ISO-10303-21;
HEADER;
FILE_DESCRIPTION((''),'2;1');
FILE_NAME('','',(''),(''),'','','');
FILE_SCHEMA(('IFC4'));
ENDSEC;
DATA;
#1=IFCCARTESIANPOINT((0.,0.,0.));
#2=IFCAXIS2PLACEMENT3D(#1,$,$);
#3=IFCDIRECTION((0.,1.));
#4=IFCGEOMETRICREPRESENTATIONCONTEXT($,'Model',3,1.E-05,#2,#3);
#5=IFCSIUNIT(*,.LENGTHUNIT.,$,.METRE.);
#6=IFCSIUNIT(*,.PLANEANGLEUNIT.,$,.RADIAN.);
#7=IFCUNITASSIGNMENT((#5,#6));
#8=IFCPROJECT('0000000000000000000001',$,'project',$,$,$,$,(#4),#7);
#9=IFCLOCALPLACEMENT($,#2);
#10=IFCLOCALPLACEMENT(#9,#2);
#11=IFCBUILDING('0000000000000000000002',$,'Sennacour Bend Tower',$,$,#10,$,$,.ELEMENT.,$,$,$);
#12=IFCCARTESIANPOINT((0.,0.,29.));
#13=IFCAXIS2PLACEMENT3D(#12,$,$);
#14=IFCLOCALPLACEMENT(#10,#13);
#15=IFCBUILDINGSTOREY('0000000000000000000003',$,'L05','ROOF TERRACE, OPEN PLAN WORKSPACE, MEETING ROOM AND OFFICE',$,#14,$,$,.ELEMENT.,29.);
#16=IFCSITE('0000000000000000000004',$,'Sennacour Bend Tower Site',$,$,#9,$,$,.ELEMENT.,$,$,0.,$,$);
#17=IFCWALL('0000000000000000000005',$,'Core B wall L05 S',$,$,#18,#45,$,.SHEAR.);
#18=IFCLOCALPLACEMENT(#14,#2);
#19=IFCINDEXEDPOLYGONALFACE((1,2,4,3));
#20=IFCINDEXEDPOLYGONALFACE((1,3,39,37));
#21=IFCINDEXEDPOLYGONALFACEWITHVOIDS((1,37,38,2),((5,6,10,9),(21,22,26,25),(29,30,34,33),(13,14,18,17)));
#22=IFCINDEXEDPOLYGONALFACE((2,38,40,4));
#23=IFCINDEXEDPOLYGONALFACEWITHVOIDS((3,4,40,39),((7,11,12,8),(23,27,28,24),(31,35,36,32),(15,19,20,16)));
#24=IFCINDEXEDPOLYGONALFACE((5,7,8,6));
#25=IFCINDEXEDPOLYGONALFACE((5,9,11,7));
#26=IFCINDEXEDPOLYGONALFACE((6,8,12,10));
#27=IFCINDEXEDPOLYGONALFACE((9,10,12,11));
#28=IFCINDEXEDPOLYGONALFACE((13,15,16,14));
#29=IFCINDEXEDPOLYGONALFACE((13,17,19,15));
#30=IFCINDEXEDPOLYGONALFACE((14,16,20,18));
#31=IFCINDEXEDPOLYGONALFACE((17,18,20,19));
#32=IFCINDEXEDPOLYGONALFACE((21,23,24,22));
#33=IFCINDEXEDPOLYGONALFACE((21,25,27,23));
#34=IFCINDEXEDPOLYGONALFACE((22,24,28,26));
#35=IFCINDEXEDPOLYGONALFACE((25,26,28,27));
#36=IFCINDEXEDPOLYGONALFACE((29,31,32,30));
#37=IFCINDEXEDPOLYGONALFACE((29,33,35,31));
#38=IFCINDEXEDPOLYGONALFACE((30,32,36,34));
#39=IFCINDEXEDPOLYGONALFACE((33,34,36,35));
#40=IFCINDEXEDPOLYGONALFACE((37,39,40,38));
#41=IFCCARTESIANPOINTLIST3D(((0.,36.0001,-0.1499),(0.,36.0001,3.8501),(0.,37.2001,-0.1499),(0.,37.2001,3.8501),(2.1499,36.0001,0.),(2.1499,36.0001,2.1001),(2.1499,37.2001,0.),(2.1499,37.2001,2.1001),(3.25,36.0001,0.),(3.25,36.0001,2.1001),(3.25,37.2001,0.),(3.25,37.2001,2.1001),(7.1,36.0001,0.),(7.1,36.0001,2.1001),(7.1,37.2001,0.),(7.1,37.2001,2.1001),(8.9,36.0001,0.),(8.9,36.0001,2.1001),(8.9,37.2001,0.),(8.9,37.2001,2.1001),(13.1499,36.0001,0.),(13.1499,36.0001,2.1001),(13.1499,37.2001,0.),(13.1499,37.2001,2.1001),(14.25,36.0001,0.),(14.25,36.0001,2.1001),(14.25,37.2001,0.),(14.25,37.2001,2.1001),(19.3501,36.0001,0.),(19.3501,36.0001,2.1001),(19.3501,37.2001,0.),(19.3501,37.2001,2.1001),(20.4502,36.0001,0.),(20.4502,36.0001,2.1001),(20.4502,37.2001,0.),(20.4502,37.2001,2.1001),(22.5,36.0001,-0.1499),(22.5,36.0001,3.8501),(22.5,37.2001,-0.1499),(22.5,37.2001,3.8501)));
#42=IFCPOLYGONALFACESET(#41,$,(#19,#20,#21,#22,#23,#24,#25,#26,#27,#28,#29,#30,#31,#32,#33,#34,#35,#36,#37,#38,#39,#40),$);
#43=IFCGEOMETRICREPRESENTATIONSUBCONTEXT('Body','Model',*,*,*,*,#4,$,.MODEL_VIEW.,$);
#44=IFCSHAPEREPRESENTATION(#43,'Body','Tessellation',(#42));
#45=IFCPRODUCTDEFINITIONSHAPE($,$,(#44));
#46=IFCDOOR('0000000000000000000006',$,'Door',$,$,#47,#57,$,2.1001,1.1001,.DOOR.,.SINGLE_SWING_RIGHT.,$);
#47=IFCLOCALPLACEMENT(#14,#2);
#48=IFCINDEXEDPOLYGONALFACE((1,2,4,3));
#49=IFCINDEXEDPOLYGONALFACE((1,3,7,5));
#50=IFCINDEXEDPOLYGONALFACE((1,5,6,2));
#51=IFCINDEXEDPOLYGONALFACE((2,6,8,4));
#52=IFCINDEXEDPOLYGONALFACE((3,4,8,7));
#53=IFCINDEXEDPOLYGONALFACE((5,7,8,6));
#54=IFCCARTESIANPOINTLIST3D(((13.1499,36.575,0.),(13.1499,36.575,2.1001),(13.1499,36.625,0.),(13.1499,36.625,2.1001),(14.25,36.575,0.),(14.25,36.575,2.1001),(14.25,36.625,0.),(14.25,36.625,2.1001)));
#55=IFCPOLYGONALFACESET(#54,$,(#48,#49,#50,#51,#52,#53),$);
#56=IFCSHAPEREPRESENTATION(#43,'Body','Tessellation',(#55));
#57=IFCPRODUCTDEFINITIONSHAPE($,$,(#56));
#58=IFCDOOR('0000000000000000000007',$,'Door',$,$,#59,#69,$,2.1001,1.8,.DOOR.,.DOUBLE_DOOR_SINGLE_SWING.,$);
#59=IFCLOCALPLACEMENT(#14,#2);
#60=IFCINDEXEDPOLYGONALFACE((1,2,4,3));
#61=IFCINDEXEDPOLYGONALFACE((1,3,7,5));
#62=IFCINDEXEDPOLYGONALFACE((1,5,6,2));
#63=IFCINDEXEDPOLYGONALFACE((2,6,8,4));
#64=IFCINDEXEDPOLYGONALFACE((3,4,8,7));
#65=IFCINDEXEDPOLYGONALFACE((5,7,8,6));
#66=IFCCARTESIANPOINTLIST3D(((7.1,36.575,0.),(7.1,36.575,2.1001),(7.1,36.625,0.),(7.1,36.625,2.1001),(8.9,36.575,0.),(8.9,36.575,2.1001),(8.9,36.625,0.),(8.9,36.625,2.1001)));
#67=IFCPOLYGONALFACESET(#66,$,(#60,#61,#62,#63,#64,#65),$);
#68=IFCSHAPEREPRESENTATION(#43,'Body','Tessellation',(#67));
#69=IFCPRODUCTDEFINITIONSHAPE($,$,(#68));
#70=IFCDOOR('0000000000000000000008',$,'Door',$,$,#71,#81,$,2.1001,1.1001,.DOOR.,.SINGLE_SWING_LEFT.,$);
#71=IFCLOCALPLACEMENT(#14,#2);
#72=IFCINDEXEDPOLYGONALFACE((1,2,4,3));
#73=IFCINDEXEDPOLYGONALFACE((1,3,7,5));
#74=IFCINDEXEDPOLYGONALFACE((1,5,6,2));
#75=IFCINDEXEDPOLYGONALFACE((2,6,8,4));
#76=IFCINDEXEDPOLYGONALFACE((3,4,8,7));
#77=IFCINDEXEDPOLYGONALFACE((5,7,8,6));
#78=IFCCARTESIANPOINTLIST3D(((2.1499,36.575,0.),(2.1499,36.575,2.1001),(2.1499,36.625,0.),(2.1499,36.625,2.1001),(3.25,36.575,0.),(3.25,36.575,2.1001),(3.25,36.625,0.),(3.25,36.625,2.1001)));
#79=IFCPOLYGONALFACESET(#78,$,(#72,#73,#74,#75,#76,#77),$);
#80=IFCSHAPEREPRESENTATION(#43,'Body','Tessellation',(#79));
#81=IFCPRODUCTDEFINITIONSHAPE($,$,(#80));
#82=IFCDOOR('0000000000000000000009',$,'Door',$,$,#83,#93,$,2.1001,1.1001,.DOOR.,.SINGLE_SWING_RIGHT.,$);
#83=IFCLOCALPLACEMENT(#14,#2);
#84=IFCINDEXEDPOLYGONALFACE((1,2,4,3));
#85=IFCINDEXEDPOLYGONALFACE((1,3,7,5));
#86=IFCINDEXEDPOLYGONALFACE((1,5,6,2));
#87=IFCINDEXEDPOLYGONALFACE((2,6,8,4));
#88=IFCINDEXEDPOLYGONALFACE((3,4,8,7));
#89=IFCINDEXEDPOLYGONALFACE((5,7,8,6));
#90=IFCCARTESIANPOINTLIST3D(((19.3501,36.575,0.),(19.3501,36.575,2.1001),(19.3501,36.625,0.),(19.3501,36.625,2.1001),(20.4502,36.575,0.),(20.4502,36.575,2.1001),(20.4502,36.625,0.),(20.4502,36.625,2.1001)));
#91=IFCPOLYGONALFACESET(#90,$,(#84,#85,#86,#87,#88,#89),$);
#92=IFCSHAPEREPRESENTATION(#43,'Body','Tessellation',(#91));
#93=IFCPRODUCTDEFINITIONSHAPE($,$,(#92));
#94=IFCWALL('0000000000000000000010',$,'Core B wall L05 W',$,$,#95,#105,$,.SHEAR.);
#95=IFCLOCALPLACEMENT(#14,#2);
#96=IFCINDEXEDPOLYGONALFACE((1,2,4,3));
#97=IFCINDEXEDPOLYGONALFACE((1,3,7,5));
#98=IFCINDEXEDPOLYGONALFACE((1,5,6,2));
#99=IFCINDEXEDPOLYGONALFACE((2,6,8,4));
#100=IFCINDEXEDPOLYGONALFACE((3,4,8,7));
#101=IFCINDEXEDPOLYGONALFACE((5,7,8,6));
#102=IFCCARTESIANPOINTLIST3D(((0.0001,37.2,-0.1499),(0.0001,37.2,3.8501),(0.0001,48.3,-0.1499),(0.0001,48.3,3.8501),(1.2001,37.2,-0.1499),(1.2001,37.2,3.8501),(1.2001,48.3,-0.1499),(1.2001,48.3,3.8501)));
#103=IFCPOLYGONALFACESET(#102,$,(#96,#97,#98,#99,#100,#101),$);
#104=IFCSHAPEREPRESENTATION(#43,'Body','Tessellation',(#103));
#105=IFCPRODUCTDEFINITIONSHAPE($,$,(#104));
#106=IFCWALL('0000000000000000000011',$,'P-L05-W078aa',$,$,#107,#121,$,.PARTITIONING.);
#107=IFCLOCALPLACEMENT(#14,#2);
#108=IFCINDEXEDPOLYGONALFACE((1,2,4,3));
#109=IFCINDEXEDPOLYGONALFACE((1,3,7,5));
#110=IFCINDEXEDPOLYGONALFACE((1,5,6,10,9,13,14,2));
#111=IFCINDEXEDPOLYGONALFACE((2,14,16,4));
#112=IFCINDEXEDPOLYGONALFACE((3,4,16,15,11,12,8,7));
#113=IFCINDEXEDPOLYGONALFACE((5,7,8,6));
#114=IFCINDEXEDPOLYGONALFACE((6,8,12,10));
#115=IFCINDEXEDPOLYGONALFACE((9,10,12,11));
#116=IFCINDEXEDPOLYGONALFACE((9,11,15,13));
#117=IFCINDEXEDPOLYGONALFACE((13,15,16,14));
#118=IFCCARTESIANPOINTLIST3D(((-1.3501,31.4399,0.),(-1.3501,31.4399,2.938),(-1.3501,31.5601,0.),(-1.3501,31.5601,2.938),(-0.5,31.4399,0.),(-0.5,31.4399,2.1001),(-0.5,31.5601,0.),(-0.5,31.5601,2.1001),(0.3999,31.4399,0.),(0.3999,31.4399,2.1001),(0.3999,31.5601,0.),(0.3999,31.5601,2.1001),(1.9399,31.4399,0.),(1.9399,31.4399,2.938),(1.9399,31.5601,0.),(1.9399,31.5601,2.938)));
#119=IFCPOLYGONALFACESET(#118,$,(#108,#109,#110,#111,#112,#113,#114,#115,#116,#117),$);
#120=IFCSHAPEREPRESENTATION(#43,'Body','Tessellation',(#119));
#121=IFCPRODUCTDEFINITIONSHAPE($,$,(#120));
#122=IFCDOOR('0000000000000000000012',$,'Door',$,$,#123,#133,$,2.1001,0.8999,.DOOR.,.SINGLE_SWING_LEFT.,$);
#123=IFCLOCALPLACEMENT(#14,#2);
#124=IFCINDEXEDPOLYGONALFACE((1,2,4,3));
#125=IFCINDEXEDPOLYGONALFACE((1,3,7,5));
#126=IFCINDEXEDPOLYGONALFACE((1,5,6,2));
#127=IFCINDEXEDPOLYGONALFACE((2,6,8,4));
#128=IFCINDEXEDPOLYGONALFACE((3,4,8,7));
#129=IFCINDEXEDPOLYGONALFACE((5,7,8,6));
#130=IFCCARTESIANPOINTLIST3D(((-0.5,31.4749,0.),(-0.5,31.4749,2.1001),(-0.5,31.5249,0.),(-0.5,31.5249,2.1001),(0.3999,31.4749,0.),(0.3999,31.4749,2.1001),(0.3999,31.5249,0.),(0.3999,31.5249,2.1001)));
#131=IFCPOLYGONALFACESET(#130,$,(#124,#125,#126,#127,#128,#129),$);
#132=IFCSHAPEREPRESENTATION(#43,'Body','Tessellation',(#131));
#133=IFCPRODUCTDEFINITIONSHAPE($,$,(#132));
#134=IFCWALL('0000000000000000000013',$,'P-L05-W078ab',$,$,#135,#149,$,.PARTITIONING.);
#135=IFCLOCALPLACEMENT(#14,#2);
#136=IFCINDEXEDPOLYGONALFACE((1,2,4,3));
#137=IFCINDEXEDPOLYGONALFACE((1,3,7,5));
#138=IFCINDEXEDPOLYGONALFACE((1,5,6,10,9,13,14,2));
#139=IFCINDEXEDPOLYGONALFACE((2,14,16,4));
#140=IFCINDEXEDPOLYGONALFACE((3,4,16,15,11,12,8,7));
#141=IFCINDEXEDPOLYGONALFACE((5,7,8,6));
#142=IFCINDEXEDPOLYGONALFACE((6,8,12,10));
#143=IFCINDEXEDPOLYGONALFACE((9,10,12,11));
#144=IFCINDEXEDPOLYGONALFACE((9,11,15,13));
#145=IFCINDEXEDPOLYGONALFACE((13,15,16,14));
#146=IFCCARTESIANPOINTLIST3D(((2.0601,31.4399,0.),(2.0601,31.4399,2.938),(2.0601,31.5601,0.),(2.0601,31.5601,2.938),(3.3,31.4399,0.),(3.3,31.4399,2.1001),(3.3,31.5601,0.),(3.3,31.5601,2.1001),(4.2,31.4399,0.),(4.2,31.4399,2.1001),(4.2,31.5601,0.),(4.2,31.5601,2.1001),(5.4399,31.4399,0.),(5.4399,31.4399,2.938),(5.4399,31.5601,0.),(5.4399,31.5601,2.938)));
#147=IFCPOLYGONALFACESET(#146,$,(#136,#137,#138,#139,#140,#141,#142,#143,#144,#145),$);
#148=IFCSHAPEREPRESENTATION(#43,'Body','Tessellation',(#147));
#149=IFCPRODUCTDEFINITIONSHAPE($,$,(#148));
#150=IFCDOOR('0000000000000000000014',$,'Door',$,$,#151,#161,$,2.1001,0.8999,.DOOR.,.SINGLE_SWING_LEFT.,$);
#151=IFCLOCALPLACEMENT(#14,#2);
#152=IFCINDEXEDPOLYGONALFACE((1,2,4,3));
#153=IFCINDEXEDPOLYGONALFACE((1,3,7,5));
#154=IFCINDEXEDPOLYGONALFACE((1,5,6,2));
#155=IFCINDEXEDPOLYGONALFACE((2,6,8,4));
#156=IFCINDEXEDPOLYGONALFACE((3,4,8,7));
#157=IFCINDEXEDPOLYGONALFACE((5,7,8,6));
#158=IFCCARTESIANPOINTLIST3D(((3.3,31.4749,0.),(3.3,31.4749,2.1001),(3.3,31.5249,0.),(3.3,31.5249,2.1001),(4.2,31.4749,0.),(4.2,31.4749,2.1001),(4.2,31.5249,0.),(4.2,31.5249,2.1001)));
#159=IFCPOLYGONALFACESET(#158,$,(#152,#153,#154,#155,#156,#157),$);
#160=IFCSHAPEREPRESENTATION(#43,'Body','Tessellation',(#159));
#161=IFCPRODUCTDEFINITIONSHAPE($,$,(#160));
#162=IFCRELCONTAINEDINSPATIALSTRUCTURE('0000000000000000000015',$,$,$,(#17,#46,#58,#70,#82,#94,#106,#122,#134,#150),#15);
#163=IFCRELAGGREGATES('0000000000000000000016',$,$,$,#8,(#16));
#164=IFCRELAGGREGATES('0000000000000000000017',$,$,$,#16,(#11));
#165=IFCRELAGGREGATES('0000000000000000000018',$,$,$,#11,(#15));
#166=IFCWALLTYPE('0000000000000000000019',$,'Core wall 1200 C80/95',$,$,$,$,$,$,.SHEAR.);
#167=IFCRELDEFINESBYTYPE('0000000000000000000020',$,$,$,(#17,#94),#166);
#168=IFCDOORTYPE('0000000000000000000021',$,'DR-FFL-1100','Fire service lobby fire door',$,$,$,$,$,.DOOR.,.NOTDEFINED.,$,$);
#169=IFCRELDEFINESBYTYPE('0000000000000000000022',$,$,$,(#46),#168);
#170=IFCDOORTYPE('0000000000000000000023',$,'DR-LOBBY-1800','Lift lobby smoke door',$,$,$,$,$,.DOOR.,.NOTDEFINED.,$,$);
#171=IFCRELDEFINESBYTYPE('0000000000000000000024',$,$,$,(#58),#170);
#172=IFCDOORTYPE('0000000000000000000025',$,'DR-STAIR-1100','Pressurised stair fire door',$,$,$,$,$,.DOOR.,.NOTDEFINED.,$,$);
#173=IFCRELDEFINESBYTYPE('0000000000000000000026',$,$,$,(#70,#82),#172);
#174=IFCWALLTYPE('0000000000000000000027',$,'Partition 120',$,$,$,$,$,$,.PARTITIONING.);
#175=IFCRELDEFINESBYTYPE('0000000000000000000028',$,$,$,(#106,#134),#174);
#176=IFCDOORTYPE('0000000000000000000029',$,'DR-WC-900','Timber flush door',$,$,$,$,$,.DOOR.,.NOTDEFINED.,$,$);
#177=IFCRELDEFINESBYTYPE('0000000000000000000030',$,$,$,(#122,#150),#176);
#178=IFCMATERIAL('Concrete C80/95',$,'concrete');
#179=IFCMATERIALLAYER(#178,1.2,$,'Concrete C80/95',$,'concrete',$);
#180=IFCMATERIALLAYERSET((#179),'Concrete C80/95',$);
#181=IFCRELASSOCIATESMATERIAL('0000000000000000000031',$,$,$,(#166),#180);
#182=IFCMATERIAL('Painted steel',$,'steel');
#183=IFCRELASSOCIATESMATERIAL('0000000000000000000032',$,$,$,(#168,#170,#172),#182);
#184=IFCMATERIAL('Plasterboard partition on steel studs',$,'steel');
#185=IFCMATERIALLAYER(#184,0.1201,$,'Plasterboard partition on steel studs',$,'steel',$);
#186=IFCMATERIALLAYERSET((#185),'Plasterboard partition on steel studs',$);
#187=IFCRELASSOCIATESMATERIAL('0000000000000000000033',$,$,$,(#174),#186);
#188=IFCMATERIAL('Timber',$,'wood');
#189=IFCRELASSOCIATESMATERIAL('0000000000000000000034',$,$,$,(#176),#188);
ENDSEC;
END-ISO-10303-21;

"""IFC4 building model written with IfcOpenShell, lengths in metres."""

from ifc_helpers import new_model, si_unit, direction, frame, frame_2d, origin, place, context, subcontext, project, spatial, rectangle, extrude, material, layer, layer_set, type_object, element, fill, save


model = new_model("IFC4")

# Units and contexts
model_context = context("Model", 3, precision=1e-05, world=origin(), true_north=direction((0.0, 1.0)))
body_context = subcontext(model_context, "Body", "Model", "MODEL_VIEW")
ifc_project = project(units=[si_unit("LENGTHUNIT", "METRE"), si_unit("PLANEANGLEUNIT", "RADIAN")], contexts=[model_context])

# Site, building, storey
site_placement = place(None, origin())
site = spatial("IfcSite", under=ifc_project, at=site_placement, Name="Sennacour Bend Tower Site", CompositionType="ELEMENT", RefElevation=0.0)
building_placement = place(site_placement, origin())
building = spatial("IfcBuilding", under=site, at=building_placement, Name="Sennacour Bend Tower", CompositionType="ELEMENT")
storey_placement = place(building_placement, frame((0.0, 0.0, 29.0)))
storey = spatial("IfcBuildingStorey", under=building, at=storey_placement, Name="L05", Description="ROOF TERRACE, OPEN PLAN WORKSPACE, MEETING ROOM AND OFFICE", CompositionType="ELEMENT", Elevation=29.0)

# Wall, openings, doors
ifc_material_1 = material(Name="Concrete C80/95", Category="concrete")
ifc_layer_1 = layer(ifc_material_1, 1.2, Name="Concrete C80/95", Category="concrete")
ifc_layer_set_1 = layer_set([ifc_layer_1], Name="Concrete C80/95")
wall_type_1 = type_object("IfcWallType", Name="Core wall 1200 C80/95", PredefinedType="SHEAR", material=ifc_layer_set_1)
wall_1_placement = place(storey_placement, frame((0.0, 36.6001, -0.1499), z_axis=(0.0, 0.0, 1.0), x_axis=(1.0, 0.0, 0.0)))
wall_1 = element("IfcWall", 1, at=wall_1_placement, inside=storey, type_object=wall_type_1, Name="Core B wall L05 S", PredefinedType="SHEAR", context=body_context, shape_type="SweptSolid", body=[
    extrude(rectangle(XDim=22.5, YDim=1.2, at=frame_2d((11.25, 0.0))), origin(), (0.0, 0.0, 1.0), 4.0),
])
opening_1_placement = place(wall_1_placement, frame((7.1001, 0.0, 0.1499)))
opening_1 = element("IfcOpeningElement", 2, at=opening_1_placement, cuts=wall_1, PredefinedType="OPENING", context=body_context, shape_type="SweptSolid", body=[
    extrude(rectangle(XDim=1.8, YDim=2.1001, at=frame_2d((0.8999, 1.05))), frame((0.0, 0.6099, 0.0), z_axis=(0.0, -1.0, 0.0), x_axis=(1.0, 0.0, 0.0)), (0.0, 0.0, 1.0), 1.22),
])
opening_2_placement = place(wall_1_placement, frame((13.1499, 0.0, 0.1499)))
opening_2 = element("IfcOpeningElement", 3, at=opening_2_placement, cuts=wall_1, PredefinedType="OPENING", context=body_context, shape_type="SweptSolid", body=[
    extrude(rectangle(XDim=1.1001, YDim=2.1001, at=frame_2d((0.55, 1.05))), frame((0.0, 0.6099, 0.0), z_axis=(0.0, -1.0, 0.0), x_axis=(1.0, 0.0, 0.0)), (0.0, 0.0, 1.0), 1.22),
])
opening_3_placement = place(wall_1_placement, frame((2.1499, 0.0, 0.1499)))
opening_3 = element("IfcOpeningElement", 4, at=opening_3_placement, cuts=wall_1, PredefinedType="OPENING", context=body_context, shape_type="SweptSolid", body=[
    extrude(rectangle(XDim=1.1001, YDim=2.1001, at=frame_2d((0.55, 1.05))), frame((0.0, 0.6099, 0.0), z_axis=(0.0, -1.0, 0.0), x_axis=(1.0, 0.0, 0.0)), (0.0, 0.0, 1.0), 1.22),
])
opening_4_placement = place(wall_1_placement, frame((19.3501, 0.0, 0.1499)))
opening_4 = element("IfcOpeningElement", 5, at=opening_4_placement, cuts=wall_1, PredefinedType="OPENING", context=body_context, shape_type="SweptSolid", body=[
    extrude(rectangle(XDim=1.1001, YDim=2.1001, at=frame_2d((0.55, 1.05))), frame((0.0, 0.6099, 0.0), z_axis=(0.0, -1.0, 0.0), x_axis=(1.0, 0.0, 0.0)), (0.0, 0.0, 1.0), 1.22),
])
ifc_material_2 = material(Name="Painted steel", Category="steel")
door_type_1 = type_object("IfcDoorType", Name="DR-FFL-1100", Description="Fire service lobby fire door", OperationType="NOTDEFINED", PredefinedType="DOOR", material=ifc_material_2)
door_1_placement = place(opening_2_placement, origin())
door_1 = element("IfcDoor", 6, at=door_1_placement, inside=storey, type_object=door_type_1, Name="Door", OperationType="SINGLE_SWING_RIGHT", OverallHeight=2.1001, OverallWidth=1.1001, PredefinedType="DOOR", context=body_context, shape_type="SweptSolid", body=[
    extrude(rectangle(XDim=1.1001, YDim=2.1001, at=frame_2d((0.55, 1.05))), frame((0.0, 0.0249, 0.0), z_axis=(0.0, -1.0, 0.0), x_axis=(1.0, 0.0, 0.0)), (0.0, 0.0, 1.0), 0.05),
])
fill(opening_2, door_1)
door_type_2 = type_object("IfcDoorType", Name="DR-LOBBY-1800", Description="Lift lobby smoke door", OperationType="NOTDEFINED", PredefinedType="DOOR", material=ifc_material_2)
door_2_placement = place(opening_1_placement, origin())
door_2 = element("IfcDoor", 7, at=door_2_placement, inside=storey, type_object=door_type_2, Name="Door", OperationType="DOUBLE_DOOR_SINGLE_SWING", OverallHeight=2.1001, OverallWidth=1.8, PredefinedType="DOOR", context=body_context, shape_type="SweptSolid", body=[
    extrude(rectangle(XDim=1.8, YDim=2.1001, at=frame_2d((0.8999, 1.05))), frame((0.0, 0.0249, 0.0), z_axis=(0.0, -1.0, 0.0), x_axis=(1.0, 0.0, 0.0)), (0.0, 0.0, 1.0), 0.05),
])
fill(opening_1, door_2)
door_type_3 = type_object("IfcDoorType", Name="DR-STAIR-1100", Description="Pressurised stair fire door", OperationType="NOTDEFINED", PredefinedType="DOOR", material=ifc_material_2)
door_3_placement = place(opening_3_placement, origin())
door_3 = element("IfcDoor", 8, at=door_3_placement, inside=storey, type_object=door_type_3, Name="Door", OperationType="SINGLE_SWING_LEFT", OverallHeight=2.1001, OverallWidth=1.1001, PredefinedType="DOOR", context=body_context, shape_type="SweptSolid", body=[
    extrude(rectangle(XDim=1.1001, YDim=2.1001, at=frame_2d((0.55, 1.05))), frame((0.0, 0.0249, 0.0), z_axis=(0.0, -1.0, 0.0), x_axis=(1.0, 0.0, 0.0)), (0.0, 0.0, 1.0), 0.05),
])
fill(opening_3, door_3)
door_4_placement = place(opening_4_placement, origin())
door_4 = element("IfcDoor", 9, at=door_4_placement, inside=storey, type_object=door_type_3, Name="Door", OperationType="SINGLE_SWING_RIGHT", OverallHeight=2.1001, OverallWidth=1.1001, PredefinedType="DOOR", context=body_context, shape_type="SweptSolid", body=[
    extrude(rectangle(XDim=1.1001, YDim=2.1001, at=frame_2d((0.55, 1.05))), frame((0.0, 0.0249, 0.0), z_axis=(0.0, -1.0, 0.0), x_axis=(1.0, 0.0, 0.0)), (0.0, 0.0, 1.0), 0.05),
])
fill(opening_4, door_4)

# Wall
wall_2_placement = place(storey_placement, frame((0.6001, 37.2, -0.1499), z_axis=(0.0, 0.0, 1.0), x_axis=(0.0, 1.0, 0.0)))
element("IfcWall", 10, at=wall_2_placement, inside=storey, type_object=wall_type_1, Name="Core B wall L05 W", PredefinedType="SHEAR", context=body_context, shape_type="SweptSolid", body=[
    extrude(rectangle(XDim=11.1001, YDim=1.2, at=frame_2d((5.55, 0.0))), origin(), (0.0, 0.0, 1.0), 4.0),
])

# Walls, openings, doors
ifc_material_3 = material(Name="Plasterboard partition on steel studs", Category="steel")
ifc_layer_2 = layer(ifc_material_3, 0.1201, Name="Plasterboard partition on steel studs", Category="steel")
ifc_layer_set_2 = layer_set([ifc_layer_2], Name="Plasterboard partition on steel studs")
wall_type_2 = type_object("IfcWallType", Name="Partition 120", PredefinedType="PARTITIONING", material=ifc_layer_set_2)
wall_3_placement = place(storey_placement, frame((-1.3501, 31.5, 0.0), z_axis=(0.0, 0.0, 1.0), x_axis=(1.0, 0.0, 0.0)))
wall_3 = element("IfcWall", 11, at=wall_3_placement, inside=storey, type_object=wall_type_2, Name="P-L05-W078aa", PredefinedType="PARTITIONING", context=body_context, shape_type="SweptSolid", body=[
    extrude(rectangle(XDim=3.29, YDim=0.1201, at=frame_2d((1.645, 0.0))), origin(), (0.0, 0.0, 1.0), 2.938),
])
opening_5_placement = place(wall_3_placement, frame((0.8501, 0.0, 0.0)))
opening_5 = element("IfcOpeningElement", 12, at=opening_5_placement, cuts=wall_3, PredefinedType="OPENING", context=body_context, shape_type="SweptSolid", body=[
    extrude(rectangle(XDim=0.8999, YDim=2.1001, at=frame_2d((0.45, 1.05))), frame((0.0, 0.0701, 0.0), z_axis=(0.0, -1.0, 0.0), x_axis=(1.0, 0.0, 0.0)), (0.0, 0.0, 1.0), 0.1401),
])
ifc_material_4 = material(Name="Timber", Category="wood")
door_type_4 = type_object("IfcDoorType", Name="DR-WC-900", Description="Timber flush door", OperationType="NOTDEFINED", PredefinedType="DOOR", material=ifc_material_4)
door_5_placement = place(opening_5_placement, origin())
door_5 = element("IfcDoor", 13, at=door_5_placement, inside=storey, type_object=door_type_4, Name="Door", OperationType="SINGLE_SWING_LEFT", OverallHeight=2.1001, OverallWidth=0.8999, PredefinedType="DOOR", context=body_context, shape_type="SweptSolid", body=[
    extrude(rectangle(XDim=0.8999, YDim=2.1001, at=frame_2d((0.45, 1.05))), frame((0.0, 0.0249, 0.0), z_axis=(0.0, -1.0, 0.0), x_axis=(1.0, 0.0, 0.0)), (0.0, 0.0, 1.0), 0.05),
])
fill(opening_5, door_5)
wall_4_placement = place(storey_placement, frame((2.0601, 31.5, 0.0), z_axis=(0.0, 0.0, 1.0), x_axis=(1.0, 0.0, 0.0)))
wall_4 = element("IfcWall", 14, at=wall_4_placement, inside=storey, type_object=wall_type_2, Name="P-L05-W078ab", PredefinedType="PARTITIONING", context=body_context, shape_type="SweptSolid", body=[
    extrude(rectangle(XDim=3.3799, YDim=0.1201, at=frame_2d((1.6899, 0.0))), origin(), (0.0, 0.0, 1.0), 2.938),
])
opening_6_placement = place(wall_4_placement, frame((1.24, 0.0, 0.0)))
opening_6 = element("IfcOpeningElement", 15, at=opening_6_placement, cuts=wall_4, PredefinedType="OPENING", context=body_context, shape_type="SweptSolid", body=[
    extrude(rectangle(XDim=0.8999, YDim=2.1001, at=frame_2d((0.45, 1.05))), frame((0.0, 0.0701, 0.0), z_axis=(0.0, -1.0, 0.0), x_axis=(1.0, 0.0, 0.0)), (0.0, 0.0, 1.0), 0.1401),
])
door_6_placement = place(opening_6_placement, origin())
door_6 = element("IfcDoor", 16, at=door_6_placement, inside=storey, type_object=door_type_4, Name="Door", OperationType="SINGLE_SWING_LEFT", OverallHeight=2.1001, OverallWidth=0.8999, PredefinedType="DOOR", context=body_context, shape_type="SweptSolid", body=[
    extrude(rectangle(XDim=0.8999, YDim=2.1001, at=frame_2d((0.45, 1.05))), frame((0.0, 0.0249, 0.0), z_axis=(0.0, -1.0, 0.0), x_axis=(1.0, 0.0, 0.0)), (0.0, 0.0, 1.0), 0.05),
])
fill(opening_6, door_6)

save(model, "model.ifc")
